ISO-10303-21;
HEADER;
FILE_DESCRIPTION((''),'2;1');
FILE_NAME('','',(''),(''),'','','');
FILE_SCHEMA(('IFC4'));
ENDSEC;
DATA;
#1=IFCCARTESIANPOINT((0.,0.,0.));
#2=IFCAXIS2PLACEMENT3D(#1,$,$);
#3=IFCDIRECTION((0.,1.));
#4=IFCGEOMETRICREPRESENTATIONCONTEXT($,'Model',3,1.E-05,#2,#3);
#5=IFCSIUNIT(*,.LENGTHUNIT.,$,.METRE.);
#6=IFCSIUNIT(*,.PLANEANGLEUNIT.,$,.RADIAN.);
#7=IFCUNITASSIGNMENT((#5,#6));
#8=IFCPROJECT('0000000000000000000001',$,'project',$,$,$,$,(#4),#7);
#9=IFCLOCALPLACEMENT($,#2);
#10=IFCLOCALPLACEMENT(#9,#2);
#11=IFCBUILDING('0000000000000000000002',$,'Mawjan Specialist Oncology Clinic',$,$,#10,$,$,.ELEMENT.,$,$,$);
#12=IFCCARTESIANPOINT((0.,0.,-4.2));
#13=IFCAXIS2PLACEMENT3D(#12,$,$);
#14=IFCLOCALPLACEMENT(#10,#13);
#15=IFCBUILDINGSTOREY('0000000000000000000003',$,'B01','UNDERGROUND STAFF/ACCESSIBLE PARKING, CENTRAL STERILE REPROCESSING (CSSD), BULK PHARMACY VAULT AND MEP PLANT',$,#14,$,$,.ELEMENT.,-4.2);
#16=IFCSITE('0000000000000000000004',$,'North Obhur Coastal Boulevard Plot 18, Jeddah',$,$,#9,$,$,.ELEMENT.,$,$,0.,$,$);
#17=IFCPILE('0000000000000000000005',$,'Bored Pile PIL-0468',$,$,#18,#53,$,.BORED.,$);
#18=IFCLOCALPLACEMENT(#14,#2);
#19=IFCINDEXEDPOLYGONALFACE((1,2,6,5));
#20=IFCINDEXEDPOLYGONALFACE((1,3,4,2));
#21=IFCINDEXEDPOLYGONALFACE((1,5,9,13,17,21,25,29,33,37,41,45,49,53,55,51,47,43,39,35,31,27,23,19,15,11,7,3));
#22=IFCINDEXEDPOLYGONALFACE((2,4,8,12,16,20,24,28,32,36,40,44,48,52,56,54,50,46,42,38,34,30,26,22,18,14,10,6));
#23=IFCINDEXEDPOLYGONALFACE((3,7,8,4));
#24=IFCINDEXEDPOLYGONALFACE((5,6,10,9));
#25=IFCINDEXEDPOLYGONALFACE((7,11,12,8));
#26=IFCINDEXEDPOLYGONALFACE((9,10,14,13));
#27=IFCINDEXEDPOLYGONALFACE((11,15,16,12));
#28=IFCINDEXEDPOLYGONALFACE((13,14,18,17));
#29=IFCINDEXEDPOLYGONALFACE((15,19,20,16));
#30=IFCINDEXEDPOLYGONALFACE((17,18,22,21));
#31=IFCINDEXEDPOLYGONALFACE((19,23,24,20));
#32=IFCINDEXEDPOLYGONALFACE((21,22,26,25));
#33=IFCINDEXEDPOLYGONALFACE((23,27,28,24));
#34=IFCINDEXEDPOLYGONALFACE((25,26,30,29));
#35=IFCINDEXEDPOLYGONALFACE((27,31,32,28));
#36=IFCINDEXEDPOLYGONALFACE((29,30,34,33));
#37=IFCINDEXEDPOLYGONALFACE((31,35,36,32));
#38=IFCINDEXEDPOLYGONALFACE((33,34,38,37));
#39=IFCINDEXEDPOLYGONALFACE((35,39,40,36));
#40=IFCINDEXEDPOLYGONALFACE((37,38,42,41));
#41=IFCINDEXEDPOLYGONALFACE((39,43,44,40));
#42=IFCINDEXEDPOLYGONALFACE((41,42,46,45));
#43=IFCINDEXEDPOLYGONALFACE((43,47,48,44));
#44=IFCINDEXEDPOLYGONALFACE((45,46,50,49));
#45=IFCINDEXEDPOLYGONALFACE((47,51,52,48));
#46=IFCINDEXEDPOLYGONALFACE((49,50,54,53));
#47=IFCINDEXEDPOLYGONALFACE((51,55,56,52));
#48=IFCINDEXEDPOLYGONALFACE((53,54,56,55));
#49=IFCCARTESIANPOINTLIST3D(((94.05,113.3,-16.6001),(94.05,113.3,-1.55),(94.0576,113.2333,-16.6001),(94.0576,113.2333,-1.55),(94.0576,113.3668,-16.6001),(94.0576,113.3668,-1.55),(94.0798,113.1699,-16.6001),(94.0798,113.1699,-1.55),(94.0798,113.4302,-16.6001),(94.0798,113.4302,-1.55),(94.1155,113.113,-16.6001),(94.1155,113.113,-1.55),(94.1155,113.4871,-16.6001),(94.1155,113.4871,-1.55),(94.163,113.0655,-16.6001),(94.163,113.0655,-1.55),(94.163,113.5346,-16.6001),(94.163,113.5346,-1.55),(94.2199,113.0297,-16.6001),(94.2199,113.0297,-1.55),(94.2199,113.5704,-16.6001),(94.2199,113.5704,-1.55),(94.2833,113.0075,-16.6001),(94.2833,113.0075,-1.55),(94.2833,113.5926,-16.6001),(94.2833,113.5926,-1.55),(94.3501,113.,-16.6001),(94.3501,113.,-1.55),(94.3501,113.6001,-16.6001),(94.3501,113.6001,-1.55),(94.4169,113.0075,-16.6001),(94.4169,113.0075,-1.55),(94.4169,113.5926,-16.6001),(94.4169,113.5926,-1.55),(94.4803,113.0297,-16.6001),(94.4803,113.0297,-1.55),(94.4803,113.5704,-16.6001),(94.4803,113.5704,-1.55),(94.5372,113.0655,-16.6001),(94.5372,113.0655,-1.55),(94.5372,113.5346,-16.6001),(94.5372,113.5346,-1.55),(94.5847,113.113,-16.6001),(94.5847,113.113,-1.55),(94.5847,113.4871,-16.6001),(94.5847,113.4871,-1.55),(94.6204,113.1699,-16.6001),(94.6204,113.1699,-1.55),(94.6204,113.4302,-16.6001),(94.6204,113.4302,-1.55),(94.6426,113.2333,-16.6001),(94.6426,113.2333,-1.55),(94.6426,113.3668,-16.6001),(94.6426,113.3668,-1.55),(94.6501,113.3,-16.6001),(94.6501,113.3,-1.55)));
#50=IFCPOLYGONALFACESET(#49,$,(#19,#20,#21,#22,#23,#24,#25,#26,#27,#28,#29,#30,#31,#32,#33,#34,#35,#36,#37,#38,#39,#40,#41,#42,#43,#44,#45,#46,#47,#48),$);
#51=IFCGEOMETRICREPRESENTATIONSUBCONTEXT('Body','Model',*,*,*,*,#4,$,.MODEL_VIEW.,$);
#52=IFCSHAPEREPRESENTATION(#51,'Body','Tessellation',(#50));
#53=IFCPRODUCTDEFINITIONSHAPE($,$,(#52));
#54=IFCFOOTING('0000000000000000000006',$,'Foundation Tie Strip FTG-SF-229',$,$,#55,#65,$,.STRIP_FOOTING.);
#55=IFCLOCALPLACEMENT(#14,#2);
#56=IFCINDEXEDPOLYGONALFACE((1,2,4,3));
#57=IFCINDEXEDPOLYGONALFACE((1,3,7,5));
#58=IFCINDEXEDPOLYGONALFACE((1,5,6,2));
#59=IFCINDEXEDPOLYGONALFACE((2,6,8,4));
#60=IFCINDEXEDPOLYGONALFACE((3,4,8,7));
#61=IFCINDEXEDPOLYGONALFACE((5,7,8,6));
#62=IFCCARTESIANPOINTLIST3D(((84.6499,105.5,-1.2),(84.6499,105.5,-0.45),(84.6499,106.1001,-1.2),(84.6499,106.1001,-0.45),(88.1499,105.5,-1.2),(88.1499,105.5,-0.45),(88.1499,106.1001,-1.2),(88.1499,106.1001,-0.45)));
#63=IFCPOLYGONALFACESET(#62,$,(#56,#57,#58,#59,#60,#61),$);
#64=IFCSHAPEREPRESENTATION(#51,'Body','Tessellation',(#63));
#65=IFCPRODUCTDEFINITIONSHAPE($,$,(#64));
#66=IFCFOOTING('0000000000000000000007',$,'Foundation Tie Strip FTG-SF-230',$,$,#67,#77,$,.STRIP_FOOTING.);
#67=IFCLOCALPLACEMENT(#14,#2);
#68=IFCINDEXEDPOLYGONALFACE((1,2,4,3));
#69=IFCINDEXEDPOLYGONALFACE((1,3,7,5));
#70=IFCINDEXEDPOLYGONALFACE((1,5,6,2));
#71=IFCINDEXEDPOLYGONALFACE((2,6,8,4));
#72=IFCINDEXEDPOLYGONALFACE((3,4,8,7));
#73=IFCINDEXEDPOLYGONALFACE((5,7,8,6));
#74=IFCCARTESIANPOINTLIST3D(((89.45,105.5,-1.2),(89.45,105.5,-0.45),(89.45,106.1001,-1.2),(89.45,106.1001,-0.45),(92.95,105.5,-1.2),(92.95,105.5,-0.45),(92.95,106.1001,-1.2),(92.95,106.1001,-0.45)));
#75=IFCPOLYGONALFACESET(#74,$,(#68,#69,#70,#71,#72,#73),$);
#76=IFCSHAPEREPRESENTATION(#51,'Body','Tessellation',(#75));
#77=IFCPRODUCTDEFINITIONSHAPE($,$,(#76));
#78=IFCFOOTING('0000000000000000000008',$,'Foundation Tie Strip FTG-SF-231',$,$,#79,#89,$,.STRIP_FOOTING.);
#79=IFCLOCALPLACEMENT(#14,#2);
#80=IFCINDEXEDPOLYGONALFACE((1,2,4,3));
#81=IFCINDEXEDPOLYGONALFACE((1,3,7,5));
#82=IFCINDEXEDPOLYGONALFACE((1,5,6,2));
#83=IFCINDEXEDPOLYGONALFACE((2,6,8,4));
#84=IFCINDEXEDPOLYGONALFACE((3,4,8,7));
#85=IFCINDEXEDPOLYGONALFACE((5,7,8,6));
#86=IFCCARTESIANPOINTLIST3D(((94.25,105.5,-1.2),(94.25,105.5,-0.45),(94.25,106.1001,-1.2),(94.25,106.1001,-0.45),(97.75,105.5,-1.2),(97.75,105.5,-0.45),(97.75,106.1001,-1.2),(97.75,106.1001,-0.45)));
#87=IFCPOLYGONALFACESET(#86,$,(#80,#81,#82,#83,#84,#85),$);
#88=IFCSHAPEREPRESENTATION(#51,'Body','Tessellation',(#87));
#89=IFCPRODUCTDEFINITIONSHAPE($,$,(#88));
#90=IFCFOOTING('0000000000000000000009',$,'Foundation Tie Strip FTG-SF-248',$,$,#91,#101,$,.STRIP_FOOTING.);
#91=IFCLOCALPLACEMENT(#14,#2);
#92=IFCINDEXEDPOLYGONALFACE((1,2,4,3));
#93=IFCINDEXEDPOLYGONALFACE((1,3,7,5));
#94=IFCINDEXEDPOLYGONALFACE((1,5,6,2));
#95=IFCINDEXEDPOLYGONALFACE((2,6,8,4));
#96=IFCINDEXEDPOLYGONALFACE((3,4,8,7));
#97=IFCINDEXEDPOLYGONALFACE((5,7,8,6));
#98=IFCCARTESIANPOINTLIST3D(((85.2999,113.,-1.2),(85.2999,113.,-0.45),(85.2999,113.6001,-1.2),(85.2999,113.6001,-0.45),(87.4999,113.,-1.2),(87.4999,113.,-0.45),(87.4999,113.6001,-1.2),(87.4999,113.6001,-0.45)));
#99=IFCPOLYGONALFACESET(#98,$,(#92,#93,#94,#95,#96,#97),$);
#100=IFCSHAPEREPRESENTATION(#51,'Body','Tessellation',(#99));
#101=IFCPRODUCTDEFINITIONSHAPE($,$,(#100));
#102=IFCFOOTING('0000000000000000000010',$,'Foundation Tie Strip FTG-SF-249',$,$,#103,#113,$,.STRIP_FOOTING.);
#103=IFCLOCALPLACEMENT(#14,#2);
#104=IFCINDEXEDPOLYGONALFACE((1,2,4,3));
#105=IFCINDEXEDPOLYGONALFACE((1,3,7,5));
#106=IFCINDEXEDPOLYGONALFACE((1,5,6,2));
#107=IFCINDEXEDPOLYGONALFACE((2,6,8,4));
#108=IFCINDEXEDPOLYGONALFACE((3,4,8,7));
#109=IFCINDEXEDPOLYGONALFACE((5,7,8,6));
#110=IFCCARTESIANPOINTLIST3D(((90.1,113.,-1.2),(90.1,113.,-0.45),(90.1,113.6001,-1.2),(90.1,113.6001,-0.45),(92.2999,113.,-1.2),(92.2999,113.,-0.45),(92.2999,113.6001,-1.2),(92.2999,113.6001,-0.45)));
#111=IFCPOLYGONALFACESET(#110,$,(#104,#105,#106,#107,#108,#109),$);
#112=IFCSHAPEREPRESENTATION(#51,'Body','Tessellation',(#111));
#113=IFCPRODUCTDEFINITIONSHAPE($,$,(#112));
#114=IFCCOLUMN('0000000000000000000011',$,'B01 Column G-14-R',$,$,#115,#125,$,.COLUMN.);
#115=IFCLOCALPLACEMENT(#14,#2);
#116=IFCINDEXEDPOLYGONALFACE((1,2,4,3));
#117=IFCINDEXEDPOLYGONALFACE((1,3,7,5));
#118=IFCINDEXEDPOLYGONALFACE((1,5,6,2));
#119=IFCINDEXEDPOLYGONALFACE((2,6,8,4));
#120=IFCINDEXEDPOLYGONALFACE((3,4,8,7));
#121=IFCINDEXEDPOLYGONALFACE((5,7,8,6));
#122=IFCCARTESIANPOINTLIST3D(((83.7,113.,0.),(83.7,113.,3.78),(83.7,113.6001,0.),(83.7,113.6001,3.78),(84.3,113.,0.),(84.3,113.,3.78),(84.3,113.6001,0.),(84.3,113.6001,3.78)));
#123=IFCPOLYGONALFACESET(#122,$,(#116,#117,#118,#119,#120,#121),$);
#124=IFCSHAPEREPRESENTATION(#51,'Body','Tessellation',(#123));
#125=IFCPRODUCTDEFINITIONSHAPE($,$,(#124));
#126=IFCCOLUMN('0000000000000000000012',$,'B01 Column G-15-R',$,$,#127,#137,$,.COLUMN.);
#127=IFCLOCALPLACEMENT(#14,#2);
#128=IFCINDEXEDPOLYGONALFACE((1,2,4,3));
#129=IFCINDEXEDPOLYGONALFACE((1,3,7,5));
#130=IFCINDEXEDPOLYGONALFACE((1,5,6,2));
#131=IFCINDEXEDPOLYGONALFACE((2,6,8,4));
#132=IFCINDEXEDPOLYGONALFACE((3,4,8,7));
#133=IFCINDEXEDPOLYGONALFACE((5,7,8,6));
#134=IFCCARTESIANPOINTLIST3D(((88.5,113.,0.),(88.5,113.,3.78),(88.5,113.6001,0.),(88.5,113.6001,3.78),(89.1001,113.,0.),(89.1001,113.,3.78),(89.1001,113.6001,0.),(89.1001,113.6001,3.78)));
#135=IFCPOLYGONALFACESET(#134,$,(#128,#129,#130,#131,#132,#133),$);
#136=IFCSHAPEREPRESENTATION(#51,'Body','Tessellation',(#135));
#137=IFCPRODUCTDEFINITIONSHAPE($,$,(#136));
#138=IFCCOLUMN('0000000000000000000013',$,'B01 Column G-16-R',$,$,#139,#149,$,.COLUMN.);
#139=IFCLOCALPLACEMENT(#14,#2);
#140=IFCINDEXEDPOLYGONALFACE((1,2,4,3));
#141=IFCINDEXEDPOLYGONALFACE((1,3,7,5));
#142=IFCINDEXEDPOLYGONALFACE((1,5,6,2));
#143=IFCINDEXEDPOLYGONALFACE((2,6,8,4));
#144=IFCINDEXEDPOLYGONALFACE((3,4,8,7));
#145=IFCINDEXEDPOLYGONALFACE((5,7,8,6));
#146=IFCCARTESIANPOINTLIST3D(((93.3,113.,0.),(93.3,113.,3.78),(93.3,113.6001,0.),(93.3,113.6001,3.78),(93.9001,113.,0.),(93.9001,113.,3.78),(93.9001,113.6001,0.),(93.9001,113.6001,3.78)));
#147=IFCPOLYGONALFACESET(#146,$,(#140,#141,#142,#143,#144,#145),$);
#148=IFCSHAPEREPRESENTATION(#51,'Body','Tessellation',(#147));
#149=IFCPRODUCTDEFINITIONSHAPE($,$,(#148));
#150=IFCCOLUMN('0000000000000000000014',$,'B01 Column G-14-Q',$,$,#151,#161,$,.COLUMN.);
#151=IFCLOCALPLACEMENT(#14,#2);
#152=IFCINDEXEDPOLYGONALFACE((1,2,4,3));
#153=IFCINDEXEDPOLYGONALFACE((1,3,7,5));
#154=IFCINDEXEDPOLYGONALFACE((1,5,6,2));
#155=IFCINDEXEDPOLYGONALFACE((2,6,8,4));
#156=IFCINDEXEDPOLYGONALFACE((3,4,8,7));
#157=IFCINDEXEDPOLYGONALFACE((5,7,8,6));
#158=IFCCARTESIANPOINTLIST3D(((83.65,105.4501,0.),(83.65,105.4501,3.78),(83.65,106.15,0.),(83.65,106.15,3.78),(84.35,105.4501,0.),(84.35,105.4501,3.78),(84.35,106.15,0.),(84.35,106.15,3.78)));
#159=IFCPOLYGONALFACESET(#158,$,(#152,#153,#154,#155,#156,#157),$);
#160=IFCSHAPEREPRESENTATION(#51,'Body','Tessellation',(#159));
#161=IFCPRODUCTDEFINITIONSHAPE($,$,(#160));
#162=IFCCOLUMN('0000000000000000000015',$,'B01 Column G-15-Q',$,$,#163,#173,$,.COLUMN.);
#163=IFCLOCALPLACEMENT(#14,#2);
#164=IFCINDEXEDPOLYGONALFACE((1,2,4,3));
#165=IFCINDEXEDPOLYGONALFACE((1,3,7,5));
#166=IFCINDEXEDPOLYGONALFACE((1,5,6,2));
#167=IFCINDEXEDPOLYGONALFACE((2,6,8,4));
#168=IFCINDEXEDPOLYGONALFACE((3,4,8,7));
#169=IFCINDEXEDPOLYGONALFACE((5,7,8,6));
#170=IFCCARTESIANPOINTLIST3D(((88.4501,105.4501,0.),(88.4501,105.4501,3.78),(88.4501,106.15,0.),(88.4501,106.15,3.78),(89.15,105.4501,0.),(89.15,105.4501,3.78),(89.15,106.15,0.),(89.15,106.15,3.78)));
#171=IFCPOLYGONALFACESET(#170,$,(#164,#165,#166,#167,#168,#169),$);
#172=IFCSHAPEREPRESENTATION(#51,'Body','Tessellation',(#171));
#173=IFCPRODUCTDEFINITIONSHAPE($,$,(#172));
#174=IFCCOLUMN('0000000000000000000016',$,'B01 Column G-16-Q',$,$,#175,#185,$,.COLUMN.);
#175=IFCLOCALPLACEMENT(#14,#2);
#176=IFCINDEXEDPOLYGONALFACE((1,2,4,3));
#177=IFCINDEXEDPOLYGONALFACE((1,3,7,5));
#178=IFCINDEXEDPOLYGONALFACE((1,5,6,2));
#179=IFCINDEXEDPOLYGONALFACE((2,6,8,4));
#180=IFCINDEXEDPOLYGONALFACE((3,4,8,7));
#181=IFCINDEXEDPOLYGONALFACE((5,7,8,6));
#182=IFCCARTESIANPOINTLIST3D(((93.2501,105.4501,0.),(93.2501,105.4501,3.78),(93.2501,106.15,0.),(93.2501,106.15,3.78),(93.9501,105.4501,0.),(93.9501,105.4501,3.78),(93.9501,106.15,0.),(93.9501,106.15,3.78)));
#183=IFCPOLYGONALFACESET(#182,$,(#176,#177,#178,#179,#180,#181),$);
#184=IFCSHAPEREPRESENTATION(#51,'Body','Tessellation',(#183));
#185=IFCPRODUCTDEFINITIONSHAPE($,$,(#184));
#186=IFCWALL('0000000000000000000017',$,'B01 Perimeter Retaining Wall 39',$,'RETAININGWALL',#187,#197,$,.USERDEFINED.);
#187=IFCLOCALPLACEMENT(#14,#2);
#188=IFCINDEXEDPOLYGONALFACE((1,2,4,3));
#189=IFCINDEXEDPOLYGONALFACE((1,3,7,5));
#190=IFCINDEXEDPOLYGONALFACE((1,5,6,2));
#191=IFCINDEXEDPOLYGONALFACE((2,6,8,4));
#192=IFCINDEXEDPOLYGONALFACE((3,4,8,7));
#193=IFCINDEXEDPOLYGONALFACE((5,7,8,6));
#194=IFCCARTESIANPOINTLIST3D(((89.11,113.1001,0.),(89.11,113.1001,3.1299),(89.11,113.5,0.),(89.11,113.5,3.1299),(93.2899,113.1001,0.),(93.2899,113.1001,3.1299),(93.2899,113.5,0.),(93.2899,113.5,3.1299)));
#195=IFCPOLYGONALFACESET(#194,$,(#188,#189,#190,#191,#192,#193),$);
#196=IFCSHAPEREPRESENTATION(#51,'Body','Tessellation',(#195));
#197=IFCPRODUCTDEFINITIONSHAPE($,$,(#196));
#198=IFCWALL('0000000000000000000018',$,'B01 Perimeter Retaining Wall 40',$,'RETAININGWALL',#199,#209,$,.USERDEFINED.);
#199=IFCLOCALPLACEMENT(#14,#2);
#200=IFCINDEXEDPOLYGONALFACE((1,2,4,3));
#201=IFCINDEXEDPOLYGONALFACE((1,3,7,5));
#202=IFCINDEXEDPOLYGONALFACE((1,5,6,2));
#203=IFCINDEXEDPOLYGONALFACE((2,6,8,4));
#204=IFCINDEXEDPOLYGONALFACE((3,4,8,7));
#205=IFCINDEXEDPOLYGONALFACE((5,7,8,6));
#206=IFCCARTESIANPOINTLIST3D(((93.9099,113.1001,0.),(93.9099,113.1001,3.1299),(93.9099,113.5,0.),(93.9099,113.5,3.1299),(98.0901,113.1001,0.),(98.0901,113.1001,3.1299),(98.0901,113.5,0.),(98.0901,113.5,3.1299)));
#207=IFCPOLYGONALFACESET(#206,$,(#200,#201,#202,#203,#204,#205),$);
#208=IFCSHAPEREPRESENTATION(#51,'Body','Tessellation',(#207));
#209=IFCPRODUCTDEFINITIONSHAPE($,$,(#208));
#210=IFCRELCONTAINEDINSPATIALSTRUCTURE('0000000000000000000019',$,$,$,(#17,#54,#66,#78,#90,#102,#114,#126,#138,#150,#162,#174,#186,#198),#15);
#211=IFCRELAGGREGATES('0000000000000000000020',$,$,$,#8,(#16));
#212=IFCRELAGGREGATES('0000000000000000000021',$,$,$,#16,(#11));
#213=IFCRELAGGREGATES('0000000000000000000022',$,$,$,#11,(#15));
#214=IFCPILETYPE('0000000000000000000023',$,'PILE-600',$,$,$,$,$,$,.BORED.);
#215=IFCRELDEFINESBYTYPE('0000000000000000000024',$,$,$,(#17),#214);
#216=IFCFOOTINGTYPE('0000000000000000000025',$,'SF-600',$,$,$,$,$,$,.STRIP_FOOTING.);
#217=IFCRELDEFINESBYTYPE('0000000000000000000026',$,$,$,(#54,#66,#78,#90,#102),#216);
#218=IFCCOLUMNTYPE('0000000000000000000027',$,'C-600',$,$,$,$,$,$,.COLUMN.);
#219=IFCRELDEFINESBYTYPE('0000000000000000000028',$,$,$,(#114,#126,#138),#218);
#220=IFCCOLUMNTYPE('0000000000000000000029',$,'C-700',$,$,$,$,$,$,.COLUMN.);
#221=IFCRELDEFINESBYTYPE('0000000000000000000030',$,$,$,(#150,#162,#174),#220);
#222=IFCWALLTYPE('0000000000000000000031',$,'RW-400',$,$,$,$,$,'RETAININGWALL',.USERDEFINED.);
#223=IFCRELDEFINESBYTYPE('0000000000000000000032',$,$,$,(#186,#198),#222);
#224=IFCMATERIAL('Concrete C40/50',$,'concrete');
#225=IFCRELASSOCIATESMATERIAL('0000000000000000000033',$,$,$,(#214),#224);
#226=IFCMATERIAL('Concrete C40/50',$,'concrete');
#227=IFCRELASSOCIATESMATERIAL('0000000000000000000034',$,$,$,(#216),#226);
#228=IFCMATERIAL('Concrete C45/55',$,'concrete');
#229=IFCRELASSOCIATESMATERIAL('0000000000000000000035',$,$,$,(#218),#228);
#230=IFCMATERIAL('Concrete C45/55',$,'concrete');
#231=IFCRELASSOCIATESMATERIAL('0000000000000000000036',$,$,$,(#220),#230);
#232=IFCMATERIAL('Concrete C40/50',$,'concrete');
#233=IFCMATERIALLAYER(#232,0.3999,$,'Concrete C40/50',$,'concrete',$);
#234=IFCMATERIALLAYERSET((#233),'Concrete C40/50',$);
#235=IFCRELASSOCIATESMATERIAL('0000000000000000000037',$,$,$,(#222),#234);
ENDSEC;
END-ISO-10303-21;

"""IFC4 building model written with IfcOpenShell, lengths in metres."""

from ifc_helpers import new_model, si_unit, direction, frame, frame_2d, origin, origin_2d, place, context, subcontext, project, spatial, rectangle, circle, extrude, material, layer, layer_set, material_profile, profile_set, type_object, element, save


model = new_model("IFC4")

# Units and contexts
model_context = context("Model", 3, precision=1e-05, world=origin(), true_north=direction((0.0, 1.0)))
body_context = subcontext(model_context, "Body", "Model", "MODEL_VIEW")
ifc_project = project(units=[si_unit("LENGTHUNIT", "METRE"), si_unit("PLANEANGLEUNIT", "RADIAN")], contexts=[model_context])

# Site, building, storey
site_placement = place(None, origin())
site = spatial("IfcSite", under=ifc_project, at=site_placement, Name="North Obhur Coastal Boulevard Plot 18, Jeddah", CompositionType="ELEMENT", RefElevation=0.0)
building_placement = place(site_placement, origin())
building = spatial("IfcBuilding", under=site, at=building_placement, Name="Mawjan Specialist Oncology Clinic", CompositionType="ELEMENT")
storey_placement = place(building_placement, frame((0.0, 0.0, -4.2)))
storey = spatial("IfcBuildingStorey", under=building, at=storey_placement, Name="B01", Description="UNDERGROUND STAFF/ACCESSIBLE PARKING, CENTRAL STERILE REPROCESSING (CSSD), BULK PHARMACY VAULT AND MEP PLANT", CompositionType="ELEMENT", Elevation=-4.2)

# Pile
ifc_material_1 = material(Name="Concrete C40/50", Category="concrete")
ifc_material_profile_1 = material_profile(ifc_material_1, circle(Radius=0.3, at=origin_2d()), Name="BORED PILE D600", Category="concrete")
ifc_profile_set_1 = profile_set([ifc_material_profile_1], Name="Concrete C40/50")
pile_type = type_object("IfcPileType", Name="PILE-600", PredefinedType="BORED", material=ifc_profile_set_1)
for number, where, z_axis, x_axis, name in (
    (1, (94.3501, 113.3, -1.55), (0.0, 0.0, -1.0), (1.0, 0.0, 0.0), "Bored Pile PIL-0468"),
):
    element("IfcPile", number, at=place(storey_placement, frame(where, z_axis=z_axis, x_axis=x_axis)), inside=storey, type_object=pile_type, Name=name, PredefinedType="BORED", context=body_context, shape_type="SweptSolid", body=[
        extrude(circle(Radius=0.3, at=origin_2d()), origin(), (0.0, 0.0, 1.0), 15.05),
    ])

# Footings
ifc_material_2 = material(Name="Concrete C40/50", Category="concrete")
footing_type_1 = type_object("IfcFootingType", Name="SF-600", PredefinedType="STRIP_FOOTING", material=ifc_material_2)
for number, where, z_axis, x_axis, name in (
    (2, (86.3999, 105.8, -1.2), (0.0, 0.0, 1.0), (1.0, 0.0, 0.0), "Foundation Tie Strip FTG-SF-229"),
    (3, (91.2, 105.8, -1.2), (0.0, 0.0, 1.0), (1.0, 0.0, 0.0), "Foundation Tie Strip FTG-SF-230"),
    (4, (96.0, 105.8, -1.2), (0.0, 0.0, 1.0), (1.0, 0.0, 0.0), "Foundation Tie Strip FTG-SF-231"),
):
    element("IfcFooting", number, at=place(storey_placement, frame(where, z_axis=z_axis, x_axis=x_axis)), inside=storey, type_object=footing_type_1, Name=name, PredefinedType="STRIP_FOOTING", context=body_context, shape_type="SweptSolid", body=[
        extrude(rectangle(XDim=3.5, YDim=0.6001, at=origin_2d()), origin(), (0.0, 0.0, 1.0), 0.75),
    ])
for number, where, z_axis, x_axis, name in (
    (5, (86.3999, 113.3, -1.2), (0.0, 0.0, 1.0), (1.0, 0.0, 0.0), "Foundation Tie Strip FTG-SF-248"),
    (6, (91.2, 113.3, -1.2), (0.0, 0.0, 1.0), (1.0, 0.0, 0.0), "Foundation Tie Strip FTG-SF-249"),
):
    element("IfcFooting", number, at=place(storey_placement, frame(where, z_axis=z_axis, x_axis=x_axis)), inside=storey, type_object=footing_type_1, Name=name, PredefinedType="STRIP_FOOTING", context=body_context, shape_type="SweptSolid", body=[
        extrude(rectangle(XDim=2.2, YDim=0.6001, at=origin_2d()), origin(), (0.0, 0.0, 1.0), 0.75),
    ])

# Columns
ifc_material_3 = material(Name="Concrete C45/55", Category="concrete")
ifc_material_profile_2 = material_profile(ifc_material_3, rectangle(XDim=0.6001, YDim=0.6001, at=origin_2d()), Name="RC COL 600x600", Category="concrete")
ifc_profile_set_2 = profile_set([ifc_material_profile_2], Name="Concrete C45/55")
column_type_1 = type_object("IfcColumnType", Name="C-600", PredefinedType="COLUMN", material=ifc_profile_set_2)
for number, where, z_axis, x_axis, name in (
    (7, (84.0, 113.3, 0.0), (0.0, 0.0, 1.0), (1.0, 0.0, 0.0), "B01 Column G-14-R"),
    (8, (88.8, 113.3, 0.0), (0.0, 0.0, 1.0), (1.0, 0.0, 0.0), "B01 Column G-15-R"),
    (9, (93.6001, 113.3, 0.0), (0.0, 0.0, 1.0), (1.0, 0.0, 0.0), "B01 Column G-16-R"),
):
    element("IfcColumn", number, at=place(storey_placement, frame(where, z_axis=z_axis, x_axis=x_axis)), inside=storey, type_object=column_type_1, Name=name, PredefinedType="COLUMN", context=body_context, shape_type="SweptSolid", body=[
        extrude(rectangle(XDim=0.6001, YDim=0.6001, at=origin_2d()), origin(), (0.0, 0.0, 1.0), 3.78),
    ])
ifc_material_4 = material(Name="Concrete C45/55", Category="concrete")
ifc_material_profile_3 = material_profile(ifc_material_4, rectangle(XDim=0.7, YDim=0.7, at=origin_2d()), Name="RC COL 700x700", Category="concrete")
ifc_profile_set_3 = profile_set([ifc_material_profile_3], Name="Concrete C45/55")
column_type_2 = type_object("IfcColumnType", Name="C-700", PredefinedType="COLUMN", material=ifc_profile_set_3)
for number, where, z_axis, x_axis, name in (
    (10, (84.0, 105.8, 0.0), (0.0, 0.0, 1.0), (1.0, 0.0, 0.0), "B01 Column G-14-Q"),
    (11, (88.8, 105.8, 0.0), (0.0, 0.0, 1.0), (1.0, 0.0, 0.0), "B01 Column G-15-Q"),
    (12, (93.6001, 105.8, 0.0), (0.0, 0.0, 1.0), (1.0, 0.0, 0.0), "B01 Column G-16-Q"),
):
    element("IfcColumn", number, at=place(storey_placement, frame(where, z_axis=z_axis, x_axis=x_axis)), inside=storey, type_object=column_type_2, Name=name, PredefinedType="COLUMN", context=body_context, shape_type="SweptSolid", body=[
        extrude(rectangle(XDim=0.7, YDim=0.7, at=origin_2d()), origin(), (0.0, 0.0, 1.0), 3.78),
    ])

# Walls
ifc_material_5 = material(Name="Concrete C40/50", Category="concrete")
ifc_layer = layer(ifc_material_5, 0.3999, Name="Concrete C40/50", Category="concrete")
ifc_layer_set = layer_set([ifc_layer], Name="Concrete C40/50")
wall_type = type_object("IfcWallType", Name="RW-400", ElementType="RETAININGWALL", PredefinedType="USERDEFINED", material=ifc_layer_set)
for number, where, z_axis, x_axis, name in (
    (13, (89.1101, 113.3, 0.0), (0.0, 0.0, 1.0), (1.0, 0.0, 0.0), "B01 Perimeter Retaining Wall 39"),
):
    element("IfcWall", number, at=place(storey_placement, frame(where, z_axis=z_axis, x_axis=x_axis)), inside=storey, type_object=wall_type, Name=name, ObjectType="RETAININGWALL", PredefinedType="USERDEFINED", context=body_context, shape_type="SweptSolid", body=[
        extrude(rectangle(XDim=4.1799, YDim=0.3999, at=frame_2d((2.0898, 0.0))), origin(), (0.0, 0.0, 1.0), 3.1299),
    ])
wall_placement = place(storey_placement, frame((93.9099, 113.3, 0.0), z_axis=(0.0, 0.0, 1.0), x_axis=(1.0, 0.0, 0.0)))
element("IfcWall", 14, at=wall_placement, inside=storey, type_object=wall_type, Name="B01 Perimeter Retaining Wall 40", ObjectType="RETAININGWALL", PredefinedType="USERDEFINED", context=body_context, shape_type="SweptSolid", body=[
    extrude(rectangle(XDim=4.1802, YDim=0.3999, at=frame_2d((2.0901, 0.0))), origin(), (0.0, 0.0, 1.0), 3.1299),
])

save(model, "model.ifc")
